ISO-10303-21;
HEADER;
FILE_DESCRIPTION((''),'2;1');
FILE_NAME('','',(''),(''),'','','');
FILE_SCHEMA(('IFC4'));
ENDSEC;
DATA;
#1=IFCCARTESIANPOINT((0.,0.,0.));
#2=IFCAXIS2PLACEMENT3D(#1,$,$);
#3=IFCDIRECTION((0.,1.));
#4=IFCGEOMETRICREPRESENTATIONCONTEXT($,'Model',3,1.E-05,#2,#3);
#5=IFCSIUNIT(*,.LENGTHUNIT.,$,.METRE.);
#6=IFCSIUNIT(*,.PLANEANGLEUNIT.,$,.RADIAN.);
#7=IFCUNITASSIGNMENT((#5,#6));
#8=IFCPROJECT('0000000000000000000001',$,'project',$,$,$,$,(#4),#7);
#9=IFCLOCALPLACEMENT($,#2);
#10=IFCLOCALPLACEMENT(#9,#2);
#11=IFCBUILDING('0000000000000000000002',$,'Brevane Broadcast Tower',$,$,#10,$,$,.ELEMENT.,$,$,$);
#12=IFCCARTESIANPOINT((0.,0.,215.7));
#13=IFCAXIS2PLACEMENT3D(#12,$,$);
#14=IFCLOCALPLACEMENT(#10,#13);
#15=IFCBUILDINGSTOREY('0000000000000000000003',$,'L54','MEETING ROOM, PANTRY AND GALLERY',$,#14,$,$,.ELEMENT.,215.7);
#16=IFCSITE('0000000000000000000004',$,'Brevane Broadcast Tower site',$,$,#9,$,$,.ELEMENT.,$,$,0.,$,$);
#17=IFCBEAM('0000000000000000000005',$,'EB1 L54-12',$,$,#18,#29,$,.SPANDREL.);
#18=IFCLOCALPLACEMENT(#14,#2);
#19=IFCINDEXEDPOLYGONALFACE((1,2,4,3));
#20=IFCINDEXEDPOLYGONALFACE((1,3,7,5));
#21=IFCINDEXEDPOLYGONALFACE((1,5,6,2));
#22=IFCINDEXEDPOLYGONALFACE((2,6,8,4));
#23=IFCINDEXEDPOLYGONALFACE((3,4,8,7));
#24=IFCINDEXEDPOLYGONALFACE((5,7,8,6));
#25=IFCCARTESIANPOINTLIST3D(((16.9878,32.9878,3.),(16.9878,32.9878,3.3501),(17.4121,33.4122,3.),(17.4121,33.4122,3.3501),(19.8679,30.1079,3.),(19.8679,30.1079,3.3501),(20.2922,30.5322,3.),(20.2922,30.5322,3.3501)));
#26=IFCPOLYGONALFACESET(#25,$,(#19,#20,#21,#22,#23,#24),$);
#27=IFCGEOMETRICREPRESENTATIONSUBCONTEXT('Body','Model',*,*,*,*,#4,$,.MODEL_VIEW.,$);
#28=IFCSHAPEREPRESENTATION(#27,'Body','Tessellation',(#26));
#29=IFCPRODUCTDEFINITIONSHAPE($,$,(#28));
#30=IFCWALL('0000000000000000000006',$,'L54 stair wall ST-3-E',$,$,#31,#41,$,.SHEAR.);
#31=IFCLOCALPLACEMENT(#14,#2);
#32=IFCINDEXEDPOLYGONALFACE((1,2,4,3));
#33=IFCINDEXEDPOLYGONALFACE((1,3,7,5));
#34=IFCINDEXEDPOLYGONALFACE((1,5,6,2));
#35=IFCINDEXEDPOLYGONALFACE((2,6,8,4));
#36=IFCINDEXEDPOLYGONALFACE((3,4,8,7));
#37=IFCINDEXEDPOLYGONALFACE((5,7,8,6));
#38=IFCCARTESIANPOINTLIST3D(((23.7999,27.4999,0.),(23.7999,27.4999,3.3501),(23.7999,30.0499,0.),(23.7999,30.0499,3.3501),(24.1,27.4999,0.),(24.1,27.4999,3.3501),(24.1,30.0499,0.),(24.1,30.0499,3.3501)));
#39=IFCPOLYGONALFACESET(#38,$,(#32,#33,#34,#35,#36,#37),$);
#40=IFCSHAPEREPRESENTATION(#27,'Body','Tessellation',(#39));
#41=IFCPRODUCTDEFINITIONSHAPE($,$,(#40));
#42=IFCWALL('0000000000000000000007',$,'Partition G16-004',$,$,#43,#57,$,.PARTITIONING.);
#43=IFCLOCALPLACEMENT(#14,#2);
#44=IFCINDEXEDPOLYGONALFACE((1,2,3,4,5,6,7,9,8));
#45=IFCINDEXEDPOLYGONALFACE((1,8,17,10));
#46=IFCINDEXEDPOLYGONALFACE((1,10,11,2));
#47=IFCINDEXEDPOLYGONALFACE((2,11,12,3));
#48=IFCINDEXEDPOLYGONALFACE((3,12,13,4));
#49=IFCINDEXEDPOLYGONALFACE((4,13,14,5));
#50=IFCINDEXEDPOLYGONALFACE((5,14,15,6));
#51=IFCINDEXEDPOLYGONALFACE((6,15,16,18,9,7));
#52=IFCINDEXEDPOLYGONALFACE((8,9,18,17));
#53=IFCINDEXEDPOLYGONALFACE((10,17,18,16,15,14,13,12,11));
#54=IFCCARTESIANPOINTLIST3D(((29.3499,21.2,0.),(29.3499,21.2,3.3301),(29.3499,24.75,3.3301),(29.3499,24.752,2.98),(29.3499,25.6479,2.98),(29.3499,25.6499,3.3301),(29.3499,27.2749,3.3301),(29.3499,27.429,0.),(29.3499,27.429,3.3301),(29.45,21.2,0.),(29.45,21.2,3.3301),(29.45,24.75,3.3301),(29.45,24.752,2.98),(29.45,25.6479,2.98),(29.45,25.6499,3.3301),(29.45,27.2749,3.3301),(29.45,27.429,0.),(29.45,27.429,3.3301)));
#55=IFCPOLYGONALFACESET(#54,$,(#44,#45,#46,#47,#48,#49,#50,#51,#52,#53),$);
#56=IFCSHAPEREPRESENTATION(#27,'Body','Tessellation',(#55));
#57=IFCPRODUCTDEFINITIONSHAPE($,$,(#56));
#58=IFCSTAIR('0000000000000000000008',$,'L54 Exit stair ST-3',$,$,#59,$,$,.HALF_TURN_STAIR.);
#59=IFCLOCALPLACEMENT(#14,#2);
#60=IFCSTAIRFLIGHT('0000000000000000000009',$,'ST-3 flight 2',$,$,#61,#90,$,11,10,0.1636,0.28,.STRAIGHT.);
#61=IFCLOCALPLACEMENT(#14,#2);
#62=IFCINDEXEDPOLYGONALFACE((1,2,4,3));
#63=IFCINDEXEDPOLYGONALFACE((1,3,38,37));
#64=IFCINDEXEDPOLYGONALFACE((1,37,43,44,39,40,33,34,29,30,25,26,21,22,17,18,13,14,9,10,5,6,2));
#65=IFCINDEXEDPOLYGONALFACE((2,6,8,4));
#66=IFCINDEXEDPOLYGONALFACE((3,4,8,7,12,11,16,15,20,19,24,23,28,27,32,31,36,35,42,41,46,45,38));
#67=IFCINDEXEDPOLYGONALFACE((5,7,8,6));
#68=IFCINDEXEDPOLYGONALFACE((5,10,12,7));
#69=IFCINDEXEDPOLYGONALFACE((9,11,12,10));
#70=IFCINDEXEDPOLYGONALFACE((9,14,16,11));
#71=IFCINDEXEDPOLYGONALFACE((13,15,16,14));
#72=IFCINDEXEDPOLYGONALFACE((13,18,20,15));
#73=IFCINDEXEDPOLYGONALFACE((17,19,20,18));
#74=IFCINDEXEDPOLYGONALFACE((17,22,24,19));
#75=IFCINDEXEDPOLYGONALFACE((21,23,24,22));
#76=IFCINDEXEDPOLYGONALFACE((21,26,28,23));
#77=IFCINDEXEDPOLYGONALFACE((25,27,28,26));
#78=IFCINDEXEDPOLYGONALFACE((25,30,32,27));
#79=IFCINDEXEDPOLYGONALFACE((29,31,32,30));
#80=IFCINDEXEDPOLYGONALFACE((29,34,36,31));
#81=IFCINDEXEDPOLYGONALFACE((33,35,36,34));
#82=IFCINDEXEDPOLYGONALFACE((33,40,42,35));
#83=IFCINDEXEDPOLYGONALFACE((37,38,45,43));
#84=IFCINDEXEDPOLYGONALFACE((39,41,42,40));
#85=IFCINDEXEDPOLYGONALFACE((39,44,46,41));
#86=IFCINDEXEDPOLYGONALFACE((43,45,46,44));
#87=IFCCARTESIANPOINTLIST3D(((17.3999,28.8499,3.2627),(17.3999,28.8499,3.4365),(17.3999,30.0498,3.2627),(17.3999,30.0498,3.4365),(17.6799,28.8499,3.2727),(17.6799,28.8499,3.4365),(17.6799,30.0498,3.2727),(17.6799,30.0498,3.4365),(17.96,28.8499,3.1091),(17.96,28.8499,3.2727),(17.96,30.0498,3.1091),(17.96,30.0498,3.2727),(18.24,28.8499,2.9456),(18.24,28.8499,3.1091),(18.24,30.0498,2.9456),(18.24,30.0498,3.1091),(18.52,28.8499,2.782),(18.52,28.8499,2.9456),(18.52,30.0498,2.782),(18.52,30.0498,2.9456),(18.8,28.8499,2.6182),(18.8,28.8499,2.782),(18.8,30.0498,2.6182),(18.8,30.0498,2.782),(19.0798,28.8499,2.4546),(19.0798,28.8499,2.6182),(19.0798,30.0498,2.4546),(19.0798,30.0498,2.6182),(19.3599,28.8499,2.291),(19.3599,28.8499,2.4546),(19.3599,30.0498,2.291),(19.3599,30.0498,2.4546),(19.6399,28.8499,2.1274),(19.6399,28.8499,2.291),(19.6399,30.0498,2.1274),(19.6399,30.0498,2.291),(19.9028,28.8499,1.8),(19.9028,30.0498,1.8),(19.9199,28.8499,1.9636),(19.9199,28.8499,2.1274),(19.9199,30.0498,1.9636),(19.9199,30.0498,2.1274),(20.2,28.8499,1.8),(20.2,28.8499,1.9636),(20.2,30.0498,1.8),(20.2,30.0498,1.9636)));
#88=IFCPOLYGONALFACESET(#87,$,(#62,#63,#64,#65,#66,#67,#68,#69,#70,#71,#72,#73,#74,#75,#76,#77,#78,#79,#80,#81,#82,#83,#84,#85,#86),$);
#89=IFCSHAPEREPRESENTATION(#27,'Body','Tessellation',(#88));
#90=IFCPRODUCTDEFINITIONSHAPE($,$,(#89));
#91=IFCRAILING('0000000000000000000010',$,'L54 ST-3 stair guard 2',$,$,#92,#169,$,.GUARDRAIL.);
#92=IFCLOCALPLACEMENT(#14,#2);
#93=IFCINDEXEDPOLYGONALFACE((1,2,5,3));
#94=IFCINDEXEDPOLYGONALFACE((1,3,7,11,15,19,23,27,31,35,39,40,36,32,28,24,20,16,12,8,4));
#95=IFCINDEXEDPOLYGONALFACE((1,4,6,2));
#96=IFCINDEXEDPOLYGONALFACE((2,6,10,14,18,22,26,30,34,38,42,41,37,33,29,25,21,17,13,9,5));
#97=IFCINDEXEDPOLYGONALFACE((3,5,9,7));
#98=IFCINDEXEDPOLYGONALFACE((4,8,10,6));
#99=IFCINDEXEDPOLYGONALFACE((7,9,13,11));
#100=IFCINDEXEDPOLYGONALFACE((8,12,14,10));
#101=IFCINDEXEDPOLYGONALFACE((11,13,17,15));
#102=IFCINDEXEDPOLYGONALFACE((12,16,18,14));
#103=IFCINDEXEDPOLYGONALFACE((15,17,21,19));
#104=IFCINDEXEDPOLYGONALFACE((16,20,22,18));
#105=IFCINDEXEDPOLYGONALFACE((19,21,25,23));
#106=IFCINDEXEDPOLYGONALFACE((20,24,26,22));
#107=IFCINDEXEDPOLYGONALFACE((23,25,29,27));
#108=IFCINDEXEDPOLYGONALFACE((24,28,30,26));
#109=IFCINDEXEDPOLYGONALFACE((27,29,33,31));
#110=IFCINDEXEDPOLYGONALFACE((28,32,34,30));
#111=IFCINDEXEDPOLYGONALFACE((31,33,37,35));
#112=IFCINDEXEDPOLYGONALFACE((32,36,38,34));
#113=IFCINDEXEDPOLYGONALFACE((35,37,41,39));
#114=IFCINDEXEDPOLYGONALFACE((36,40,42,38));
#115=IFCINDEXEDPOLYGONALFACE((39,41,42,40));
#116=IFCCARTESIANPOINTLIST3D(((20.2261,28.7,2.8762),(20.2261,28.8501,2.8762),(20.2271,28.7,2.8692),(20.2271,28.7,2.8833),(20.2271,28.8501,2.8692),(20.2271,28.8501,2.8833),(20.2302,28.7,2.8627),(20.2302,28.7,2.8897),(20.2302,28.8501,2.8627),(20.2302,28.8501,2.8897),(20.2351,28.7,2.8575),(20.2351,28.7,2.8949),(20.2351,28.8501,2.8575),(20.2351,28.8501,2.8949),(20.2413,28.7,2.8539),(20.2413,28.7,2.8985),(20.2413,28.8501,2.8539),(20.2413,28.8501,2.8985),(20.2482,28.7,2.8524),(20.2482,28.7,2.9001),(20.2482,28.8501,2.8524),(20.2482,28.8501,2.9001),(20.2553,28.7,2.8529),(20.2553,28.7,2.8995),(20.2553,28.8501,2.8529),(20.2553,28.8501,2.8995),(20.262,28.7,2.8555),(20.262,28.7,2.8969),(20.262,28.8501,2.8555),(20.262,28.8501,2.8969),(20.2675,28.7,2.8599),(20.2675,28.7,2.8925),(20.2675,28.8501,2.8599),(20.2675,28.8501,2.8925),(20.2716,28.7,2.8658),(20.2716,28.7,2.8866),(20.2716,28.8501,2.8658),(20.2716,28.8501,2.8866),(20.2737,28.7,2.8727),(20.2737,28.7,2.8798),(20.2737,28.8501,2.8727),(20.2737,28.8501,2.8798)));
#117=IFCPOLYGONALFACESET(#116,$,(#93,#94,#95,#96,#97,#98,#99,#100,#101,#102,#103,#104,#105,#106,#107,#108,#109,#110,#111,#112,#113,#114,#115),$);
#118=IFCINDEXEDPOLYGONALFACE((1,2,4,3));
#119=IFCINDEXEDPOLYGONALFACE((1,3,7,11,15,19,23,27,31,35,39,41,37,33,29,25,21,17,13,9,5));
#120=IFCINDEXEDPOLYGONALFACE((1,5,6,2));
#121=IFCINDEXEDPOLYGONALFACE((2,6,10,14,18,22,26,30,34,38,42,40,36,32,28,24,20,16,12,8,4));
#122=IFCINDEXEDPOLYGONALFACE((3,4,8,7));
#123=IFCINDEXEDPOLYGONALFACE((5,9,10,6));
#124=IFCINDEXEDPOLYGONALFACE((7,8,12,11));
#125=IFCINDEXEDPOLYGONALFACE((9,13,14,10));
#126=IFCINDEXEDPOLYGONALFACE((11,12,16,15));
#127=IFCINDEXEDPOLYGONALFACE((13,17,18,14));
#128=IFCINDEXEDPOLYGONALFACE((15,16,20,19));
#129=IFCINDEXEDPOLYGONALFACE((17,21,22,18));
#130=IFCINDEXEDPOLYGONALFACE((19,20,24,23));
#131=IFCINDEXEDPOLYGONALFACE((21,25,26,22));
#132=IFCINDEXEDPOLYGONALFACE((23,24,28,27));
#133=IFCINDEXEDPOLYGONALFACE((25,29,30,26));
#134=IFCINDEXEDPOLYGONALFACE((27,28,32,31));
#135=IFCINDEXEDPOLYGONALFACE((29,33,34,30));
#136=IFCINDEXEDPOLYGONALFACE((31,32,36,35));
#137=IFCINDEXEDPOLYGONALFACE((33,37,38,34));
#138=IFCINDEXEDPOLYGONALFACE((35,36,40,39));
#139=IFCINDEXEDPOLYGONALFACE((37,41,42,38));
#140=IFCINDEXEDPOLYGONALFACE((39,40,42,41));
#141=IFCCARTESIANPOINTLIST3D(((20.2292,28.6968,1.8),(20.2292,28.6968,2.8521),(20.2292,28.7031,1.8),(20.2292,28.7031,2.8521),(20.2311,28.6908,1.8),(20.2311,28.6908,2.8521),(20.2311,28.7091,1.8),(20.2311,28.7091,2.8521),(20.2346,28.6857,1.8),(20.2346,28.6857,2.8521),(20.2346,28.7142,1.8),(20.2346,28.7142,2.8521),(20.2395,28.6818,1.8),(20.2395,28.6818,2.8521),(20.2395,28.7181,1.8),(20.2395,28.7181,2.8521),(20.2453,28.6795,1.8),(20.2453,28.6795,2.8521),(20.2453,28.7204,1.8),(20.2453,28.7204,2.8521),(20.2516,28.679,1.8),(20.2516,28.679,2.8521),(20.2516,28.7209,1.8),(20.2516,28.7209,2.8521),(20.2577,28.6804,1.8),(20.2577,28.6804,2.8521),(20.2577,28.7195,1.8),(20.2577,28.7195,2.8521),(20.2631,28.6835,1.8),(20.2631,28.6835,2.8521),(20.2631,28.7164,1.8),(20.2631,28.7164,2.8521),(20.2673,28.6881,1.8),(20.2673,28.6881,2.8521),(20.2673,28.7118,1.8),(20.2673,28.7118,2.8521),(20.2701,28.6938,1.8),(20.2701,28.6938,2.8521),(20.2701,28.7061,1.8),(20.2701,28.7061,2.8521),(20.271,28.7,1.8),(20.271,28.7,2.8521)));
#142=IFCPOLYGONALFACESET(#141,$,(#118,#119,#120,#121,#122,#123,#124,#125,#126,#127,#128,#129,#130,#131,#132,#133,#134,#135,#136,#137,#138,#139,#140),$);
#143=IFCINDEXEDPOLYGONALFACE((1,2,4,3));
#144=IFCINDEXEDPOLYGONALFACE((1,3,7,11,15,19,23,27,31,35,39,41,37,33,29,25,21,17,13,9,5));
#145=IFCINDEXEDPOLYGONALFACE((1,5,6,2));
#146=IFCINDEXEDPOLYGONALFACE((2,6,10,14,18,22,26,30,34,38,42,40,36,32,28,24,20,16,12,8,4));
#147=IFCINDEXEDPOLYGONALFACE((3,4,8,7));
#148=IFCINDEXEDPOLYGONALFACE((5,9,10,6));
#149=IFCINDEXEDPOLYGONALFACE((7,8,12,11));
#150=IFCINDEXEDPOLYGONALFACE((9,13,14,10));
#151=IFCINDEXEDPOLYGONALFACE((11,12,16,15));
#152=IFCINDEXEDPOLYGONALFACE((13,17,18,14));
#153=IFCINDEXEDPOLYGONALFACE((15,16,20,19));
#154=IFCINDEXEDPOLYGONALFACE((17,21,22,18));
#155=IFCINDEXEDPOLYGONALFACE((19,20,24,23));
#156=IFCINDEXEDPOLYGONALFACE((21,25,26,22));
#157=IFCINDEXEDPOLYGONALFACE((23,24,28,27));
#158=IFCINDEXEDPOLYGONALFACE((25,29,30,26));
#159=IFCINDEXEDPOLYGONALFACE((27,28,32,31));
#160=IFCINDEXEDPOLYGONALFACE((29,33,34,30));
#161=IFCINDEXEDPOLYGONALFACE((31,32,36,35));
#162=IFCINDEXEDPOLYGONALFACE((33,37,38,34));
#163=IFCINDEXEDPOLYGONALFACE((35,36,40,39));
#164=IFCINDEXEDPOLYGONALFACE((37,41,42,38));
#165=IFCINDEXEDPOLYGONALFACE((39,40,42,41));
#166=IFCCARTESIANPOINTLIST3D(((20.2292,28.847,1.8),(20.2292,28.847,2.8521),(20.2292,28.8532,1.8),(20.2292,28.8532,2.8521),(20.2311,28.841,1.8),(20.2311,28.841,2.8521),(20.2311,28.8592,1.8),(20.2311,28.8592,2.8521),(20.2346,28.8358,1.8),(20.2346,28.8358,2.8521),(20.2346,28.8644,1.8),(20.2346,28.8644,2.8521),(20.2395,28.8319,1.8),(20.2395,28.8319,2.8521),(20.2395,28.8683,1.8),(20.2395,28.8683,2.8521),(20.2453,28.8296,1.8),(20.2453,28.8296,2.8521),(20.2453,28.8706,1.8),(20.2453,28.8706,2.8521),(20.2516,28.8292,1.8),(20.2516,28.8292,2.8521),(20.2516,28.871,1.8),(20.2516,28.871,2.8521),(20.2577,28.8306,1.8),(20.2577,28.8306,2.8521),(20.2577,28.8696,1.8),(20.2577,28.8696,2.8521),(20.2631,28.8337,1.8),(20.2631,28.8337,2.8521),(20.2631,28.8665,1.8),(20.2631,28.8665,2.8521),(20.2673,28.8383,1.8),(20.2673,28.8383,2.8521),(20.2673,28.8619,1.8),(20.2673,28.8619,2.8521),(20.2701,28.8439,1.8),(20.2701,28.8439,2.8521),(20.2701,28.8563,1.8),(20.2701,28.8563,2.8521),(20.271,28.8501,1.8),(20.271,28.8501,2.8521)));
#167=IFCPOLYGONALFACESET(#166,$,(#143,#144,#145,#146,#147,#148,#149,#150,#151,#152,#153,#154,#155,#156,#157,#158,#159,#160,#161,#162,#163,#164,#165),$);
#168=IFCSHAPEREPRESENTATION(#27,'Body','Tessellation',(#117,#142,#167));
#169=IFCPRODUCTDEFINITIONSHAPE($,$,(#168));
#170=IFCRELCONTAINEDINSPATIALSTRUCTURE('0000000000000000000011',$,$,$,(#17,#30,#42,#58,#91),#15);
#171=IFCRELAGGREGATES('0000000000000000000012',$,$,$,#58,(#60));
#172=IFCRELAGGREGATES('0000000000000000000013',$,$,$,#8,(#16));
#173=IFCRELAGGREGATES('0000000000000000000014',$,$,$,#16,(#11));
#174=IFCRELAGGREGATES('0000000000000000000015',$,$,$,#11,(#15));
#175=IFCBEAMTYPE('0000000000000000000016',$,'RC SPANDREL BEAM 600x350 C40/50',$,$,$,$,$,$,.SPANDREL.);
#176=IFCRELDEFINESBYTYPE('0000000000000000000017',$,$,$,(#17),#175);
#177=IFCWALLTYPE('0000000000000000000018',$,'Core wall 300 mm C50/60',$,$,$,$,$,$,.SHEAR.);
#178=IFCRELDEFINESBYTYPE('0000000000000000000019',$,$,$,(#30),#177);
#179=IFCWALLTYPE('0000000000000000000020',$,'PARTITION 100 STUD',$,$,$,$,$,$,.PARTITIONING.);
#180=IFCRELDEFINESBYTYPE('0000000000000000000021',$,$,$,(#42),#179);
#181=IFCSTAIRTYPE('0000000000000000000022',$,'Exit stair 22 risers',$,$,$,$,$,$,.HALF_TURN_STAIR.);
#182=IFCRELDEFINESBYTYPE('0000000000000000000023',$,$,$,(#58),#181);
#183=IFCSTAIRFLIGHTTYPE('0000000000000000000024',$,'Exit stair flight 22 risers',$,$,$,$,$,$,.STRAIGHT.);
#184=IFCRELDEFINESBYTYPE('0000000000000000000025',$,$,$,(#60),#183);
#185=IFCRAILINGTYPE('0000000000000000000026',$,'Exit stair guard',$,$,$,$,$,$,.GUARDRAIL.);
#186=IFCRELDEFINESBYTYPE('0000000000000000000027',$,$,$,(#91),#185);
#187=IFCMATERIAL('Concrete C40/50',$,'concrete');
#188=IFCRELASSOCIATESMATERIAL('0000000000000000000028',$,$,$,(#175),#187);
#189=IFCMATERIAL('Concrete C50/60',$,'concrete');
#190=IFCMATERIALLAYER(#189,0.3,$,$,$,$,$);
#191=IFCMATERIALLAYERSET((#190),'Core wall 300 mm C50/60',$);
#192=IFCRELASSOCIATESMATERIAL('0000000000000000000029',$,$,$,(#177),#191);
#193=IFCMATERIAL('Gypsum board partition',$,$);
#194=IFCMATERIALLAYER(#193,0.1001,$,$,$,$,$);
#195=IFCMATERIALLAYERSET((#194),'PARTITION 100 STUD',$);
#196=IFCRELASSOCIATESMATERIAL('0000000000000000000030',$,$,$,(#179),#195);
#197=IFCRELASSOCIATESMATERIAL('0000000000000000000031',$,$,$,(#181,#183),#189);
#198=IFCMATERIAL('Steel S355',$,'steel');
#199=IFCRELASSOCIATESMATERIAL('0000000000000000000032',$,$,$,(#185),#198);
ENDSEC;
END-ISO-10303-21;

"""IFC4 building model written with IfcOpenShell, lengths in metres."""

from ifc_helpers import new_model, si_unit, direction, frame, frame_2d, origin, origin_2d, place, context, subcontext, project, spatial, polyline, rectangle, circle, outline, extrude, material, layer, layer_set, material_profile, profile_set, type_object, element, aggregate, save


model = new_model("IFC4")

# Units and contexts
model_context = context("Model", 3, precision=1e-05, world=origin(), true_north=direction((0.0, 1.0)))
body_context = subcontext(model_context, "Body", "Model", "MODEL_VIEW")
ifc_project = project(units=[si_unit("LENGTHUNIT", "METRE"), si_unit("PLANEANGLEUNIT", "RADIAN")], contexts=[model_context])

# Site, building, storey
site_placement = place(None, origin())
site = spatial("IfcSite", under=ifc_project, at=site_placement, Name="Brevane Broadcast Tower site", CompositionType="ELEMENT", RefElevation=0.0)
building_placement = place(site_placement, origin())
building = spatial("IfcBuilding", under=site, at=building_placement, Name="Brevane Broadcast Tower", CompositionType="ELEMENT")
storey_placement = place(building_placement, frame((0.0, 0.0, 215.7)))
storey = spatial("IfcBuildingStorey", under=building, at=storey_placement, Name="L54", Description="MEETING ROOM, PANTRY AND GALLERY", CompositionType="ELEMENT", Elevation=215.7)

# Beam
ifc_material_1 = material(Name="Concrete C40/50", Category="concrete")
ifc_material_profile_1 = material_profile(ifc_material_1, rectangle(XDim=0.6001, YDim=0.3501, at=origin_2d()), Name="RC 600x350")
ifc_profile_set_1 = profile_set([ifc_material_profile_1], Name="Concrete C40/50")
beam_type = type_object("IfcBeamType", Name="RC SPANDREL BEAM 600x350 C40/50", PredefinedType="SPANDREL", material=ifc_profile_set_1)
beam_placement = place(storey_placement, frame((20.0801, 30.3201, 3.175), z_axis=(-0.707137, 0.707077, 0.0), x_axis=(-0.707077, -0.707137, 0.0)))
element("IfcBeam", 1, at=beam_placement, inside=storey, type_object=beam_type, Name="EB1 L54-12", PredefinedType="SPANDREL", context=body_context, shape_type="SweptSolid", body=[
    extrude(rectangle(XDim=0.6001, YDim=0.3501, at=origin_2d()), origin(), (0.0, 0.0, 1.0), 4.073),
])

# Walls
ifc_material_2 = material(Name="Concrete C50/60", Category="concrete")
ifc_layer_1 = layer(ifc_material_2, 0.3)
ifc_layer_set_1 = layer_set([ifc_layer_1], Name="Core wall 300 mm C50/60")
wall_type_1 = type_object("IfcWallType", Name="Core wall 300 mm C50/60", PredefinedType="SHEAR", material=ifc_layer_set_1)
wall_1_placement = place(storey_placement, frame((23.95, 27.5, 0.0), z_axis=(0.0, 0.0, 1.0), x_axis=(0.0, 1.0, 0.0)))
element("IfcWall", 2, at=wall_1_placement, inside=storey, type_object=wall_type_1, Name="L54 stair wall ST-3-E", PredefinedType="SHEAR", context=body_context, shape_type="SweptSolid", body=[
    extrude(rectangle(XDim=2.55, YDim=0.3, at=frame_2d((1.2749, 0.0))), origin(), (0.0, 0.0, 1.0), 3.3501),
])
ifc_material_3 = material(Name="Gypsum board partition")
ifc_layer_2 = layer(ifc_material_3, 0.1001)
ifc_layer_set_2 = layer_set([ifc_layer_2], Name="PARTITION 100 STUD")
wall_type_2 = type_object("IfcWallType", Name="PARTITION 100 STUD", PredefinedType="PARTITIONING", material=ifc_layer_set_2)
wall_2_placement = place(storey_placement, frame((29.3999, 27.429, 0.0), z_axis=(0.0, 0.0, 1.0), x_axis=(0.0, -1.0, 0.0)))
element("IfcWall", 3, at=wall_2_placement, inside=storey, type_object=wall_type_2, Name="Partition G16-004", PredefinedType="PARTITIONING", context=body_context, shape_type="SweptSolid", body=[
    extrude(outline(polyline([(0.0, 0.0), (6.229, 0.0), (6.229, 3.3301), (2.679, 3.3301), (2.677, 2.98), (1.781, 2.98), (1.7791, 3.3301), (0.1541, 3.3301), (0.0, 3.3301), (0.0, 0.0)])), frame((0.0, 0.05, 0.0), z_axis=(0.0, -1.0, 0.0), x_axis=(1.0, 0.0, 0.0)), (0.0, 0.0, 1.0), 0.1001),
])

# Stair, stair flight
stair_type = type_object("IfcStairType", Name="Exit stair 22 risers", PredefinedType="HALF_TURN_STAIR", material=ifc_material_2)
stair_placement = place(storey_placement, origin())
stair = element("IfcStair", 4, at=stair_placement, inside=storey, type_object=stair_type, Name="L54 Exit stair ST-3", PredefinedType="HALF_TURN_STAIR")
stair_flight_type = type_object("IfcStairFlightType", Name="Exit stair flight 22 risers", PredefinedType="STRAIGHT", material=ifc_material_2)
stair_flight_placement = place(storey_placement, frame((20.2, 29.45, 1.8), z_axis=(0.0, 0.0, 1.0), x_axis=(-1.0, 0.0, 0.0)))
stair_flight = element("IfcStairFlight", 5, at=stair_flight_placement, type_object=stair_flight_type, Name="ST-3 flight 2", NumberOfRisers=11, NumberOfTreads=10, PredefinedType="STRAIGHT", RiserHeight=0.1636, TreadLength=0.28, context=body_context, shape_type="SweptSolid", body=[
    extrude(outline(polyline([(0.0, 0.0), (0.0, 0.1636), (0.28, 0.1636), (0.28, 0.3274), (0.5601, 0.3274), (0.5601, 0.491), (0.8401, 0.491), (0.8401, 0.6545), (1.1201, 0.6545), (1.1201, 0.8181), (1.3999, 0.8181), (1.3999, 0.9819), (1.6799, 0.9819), (1.6799, 1.1455), (1.96, 1.1455), (1.96, 1.3091), (2.24, 1.3091), (2.24, 1.4727), (2.52, 1.4727), (2.52, 1.6365), (2.8, 1.6365), (2.8, 1.8), (2.8, 1.4626), (0.2971, 0.0), (0.0, 0.0)])), frame((0.0, 0.6001, 0.0), z_axis=(0.0, -1.0, 0.0), x_axis=(1.0, 0.0, 0.0)), (0.0, 0.0, 1.0), 1.2),
])
aggregate(stair, [stair_flight])

# Railing
ifc_material_4 = material(Name="Steel S355", Category="steel")
railing_type_1 = type_object("IfcRailingType", Name="Exit stair guard", PredefinedType="GUARDRAIL", material=ifc_material_4)
railing_1_placement = place(storey_placement, frame((20.25, 28.7, 1.8)))
element("IfcRailing", 6, at=railing_1_placement, inside=storey, type_object=railing_type_1, Name="L54 ST-3 stair guard 2", PredefinedType="GUARDRAIL", context=body_context, shape_type="SweptSolid", body=[
    extrude(circle(Radius=0.0239, at=origin_2d()), frame((0.0, 0.0, 1.0762), z_axis=(0.0, 1.0, 0.0), x_axis=(-1.0, 0.0, 0.0)), (0.0, 0.0, 1.0), 0.1501),
    extrude(circle(Radius=0.021, at=origin_2d()), origin(), (0.0, 0.0, 1.0), 1.052),
    extrude(circle(Radius=0.021, at=origin_2d()), frame((0.0, 0.1501, 0.0)), (0.0, 0.0, 1.0), 1.052),
])

save(model, "model.ifc")
